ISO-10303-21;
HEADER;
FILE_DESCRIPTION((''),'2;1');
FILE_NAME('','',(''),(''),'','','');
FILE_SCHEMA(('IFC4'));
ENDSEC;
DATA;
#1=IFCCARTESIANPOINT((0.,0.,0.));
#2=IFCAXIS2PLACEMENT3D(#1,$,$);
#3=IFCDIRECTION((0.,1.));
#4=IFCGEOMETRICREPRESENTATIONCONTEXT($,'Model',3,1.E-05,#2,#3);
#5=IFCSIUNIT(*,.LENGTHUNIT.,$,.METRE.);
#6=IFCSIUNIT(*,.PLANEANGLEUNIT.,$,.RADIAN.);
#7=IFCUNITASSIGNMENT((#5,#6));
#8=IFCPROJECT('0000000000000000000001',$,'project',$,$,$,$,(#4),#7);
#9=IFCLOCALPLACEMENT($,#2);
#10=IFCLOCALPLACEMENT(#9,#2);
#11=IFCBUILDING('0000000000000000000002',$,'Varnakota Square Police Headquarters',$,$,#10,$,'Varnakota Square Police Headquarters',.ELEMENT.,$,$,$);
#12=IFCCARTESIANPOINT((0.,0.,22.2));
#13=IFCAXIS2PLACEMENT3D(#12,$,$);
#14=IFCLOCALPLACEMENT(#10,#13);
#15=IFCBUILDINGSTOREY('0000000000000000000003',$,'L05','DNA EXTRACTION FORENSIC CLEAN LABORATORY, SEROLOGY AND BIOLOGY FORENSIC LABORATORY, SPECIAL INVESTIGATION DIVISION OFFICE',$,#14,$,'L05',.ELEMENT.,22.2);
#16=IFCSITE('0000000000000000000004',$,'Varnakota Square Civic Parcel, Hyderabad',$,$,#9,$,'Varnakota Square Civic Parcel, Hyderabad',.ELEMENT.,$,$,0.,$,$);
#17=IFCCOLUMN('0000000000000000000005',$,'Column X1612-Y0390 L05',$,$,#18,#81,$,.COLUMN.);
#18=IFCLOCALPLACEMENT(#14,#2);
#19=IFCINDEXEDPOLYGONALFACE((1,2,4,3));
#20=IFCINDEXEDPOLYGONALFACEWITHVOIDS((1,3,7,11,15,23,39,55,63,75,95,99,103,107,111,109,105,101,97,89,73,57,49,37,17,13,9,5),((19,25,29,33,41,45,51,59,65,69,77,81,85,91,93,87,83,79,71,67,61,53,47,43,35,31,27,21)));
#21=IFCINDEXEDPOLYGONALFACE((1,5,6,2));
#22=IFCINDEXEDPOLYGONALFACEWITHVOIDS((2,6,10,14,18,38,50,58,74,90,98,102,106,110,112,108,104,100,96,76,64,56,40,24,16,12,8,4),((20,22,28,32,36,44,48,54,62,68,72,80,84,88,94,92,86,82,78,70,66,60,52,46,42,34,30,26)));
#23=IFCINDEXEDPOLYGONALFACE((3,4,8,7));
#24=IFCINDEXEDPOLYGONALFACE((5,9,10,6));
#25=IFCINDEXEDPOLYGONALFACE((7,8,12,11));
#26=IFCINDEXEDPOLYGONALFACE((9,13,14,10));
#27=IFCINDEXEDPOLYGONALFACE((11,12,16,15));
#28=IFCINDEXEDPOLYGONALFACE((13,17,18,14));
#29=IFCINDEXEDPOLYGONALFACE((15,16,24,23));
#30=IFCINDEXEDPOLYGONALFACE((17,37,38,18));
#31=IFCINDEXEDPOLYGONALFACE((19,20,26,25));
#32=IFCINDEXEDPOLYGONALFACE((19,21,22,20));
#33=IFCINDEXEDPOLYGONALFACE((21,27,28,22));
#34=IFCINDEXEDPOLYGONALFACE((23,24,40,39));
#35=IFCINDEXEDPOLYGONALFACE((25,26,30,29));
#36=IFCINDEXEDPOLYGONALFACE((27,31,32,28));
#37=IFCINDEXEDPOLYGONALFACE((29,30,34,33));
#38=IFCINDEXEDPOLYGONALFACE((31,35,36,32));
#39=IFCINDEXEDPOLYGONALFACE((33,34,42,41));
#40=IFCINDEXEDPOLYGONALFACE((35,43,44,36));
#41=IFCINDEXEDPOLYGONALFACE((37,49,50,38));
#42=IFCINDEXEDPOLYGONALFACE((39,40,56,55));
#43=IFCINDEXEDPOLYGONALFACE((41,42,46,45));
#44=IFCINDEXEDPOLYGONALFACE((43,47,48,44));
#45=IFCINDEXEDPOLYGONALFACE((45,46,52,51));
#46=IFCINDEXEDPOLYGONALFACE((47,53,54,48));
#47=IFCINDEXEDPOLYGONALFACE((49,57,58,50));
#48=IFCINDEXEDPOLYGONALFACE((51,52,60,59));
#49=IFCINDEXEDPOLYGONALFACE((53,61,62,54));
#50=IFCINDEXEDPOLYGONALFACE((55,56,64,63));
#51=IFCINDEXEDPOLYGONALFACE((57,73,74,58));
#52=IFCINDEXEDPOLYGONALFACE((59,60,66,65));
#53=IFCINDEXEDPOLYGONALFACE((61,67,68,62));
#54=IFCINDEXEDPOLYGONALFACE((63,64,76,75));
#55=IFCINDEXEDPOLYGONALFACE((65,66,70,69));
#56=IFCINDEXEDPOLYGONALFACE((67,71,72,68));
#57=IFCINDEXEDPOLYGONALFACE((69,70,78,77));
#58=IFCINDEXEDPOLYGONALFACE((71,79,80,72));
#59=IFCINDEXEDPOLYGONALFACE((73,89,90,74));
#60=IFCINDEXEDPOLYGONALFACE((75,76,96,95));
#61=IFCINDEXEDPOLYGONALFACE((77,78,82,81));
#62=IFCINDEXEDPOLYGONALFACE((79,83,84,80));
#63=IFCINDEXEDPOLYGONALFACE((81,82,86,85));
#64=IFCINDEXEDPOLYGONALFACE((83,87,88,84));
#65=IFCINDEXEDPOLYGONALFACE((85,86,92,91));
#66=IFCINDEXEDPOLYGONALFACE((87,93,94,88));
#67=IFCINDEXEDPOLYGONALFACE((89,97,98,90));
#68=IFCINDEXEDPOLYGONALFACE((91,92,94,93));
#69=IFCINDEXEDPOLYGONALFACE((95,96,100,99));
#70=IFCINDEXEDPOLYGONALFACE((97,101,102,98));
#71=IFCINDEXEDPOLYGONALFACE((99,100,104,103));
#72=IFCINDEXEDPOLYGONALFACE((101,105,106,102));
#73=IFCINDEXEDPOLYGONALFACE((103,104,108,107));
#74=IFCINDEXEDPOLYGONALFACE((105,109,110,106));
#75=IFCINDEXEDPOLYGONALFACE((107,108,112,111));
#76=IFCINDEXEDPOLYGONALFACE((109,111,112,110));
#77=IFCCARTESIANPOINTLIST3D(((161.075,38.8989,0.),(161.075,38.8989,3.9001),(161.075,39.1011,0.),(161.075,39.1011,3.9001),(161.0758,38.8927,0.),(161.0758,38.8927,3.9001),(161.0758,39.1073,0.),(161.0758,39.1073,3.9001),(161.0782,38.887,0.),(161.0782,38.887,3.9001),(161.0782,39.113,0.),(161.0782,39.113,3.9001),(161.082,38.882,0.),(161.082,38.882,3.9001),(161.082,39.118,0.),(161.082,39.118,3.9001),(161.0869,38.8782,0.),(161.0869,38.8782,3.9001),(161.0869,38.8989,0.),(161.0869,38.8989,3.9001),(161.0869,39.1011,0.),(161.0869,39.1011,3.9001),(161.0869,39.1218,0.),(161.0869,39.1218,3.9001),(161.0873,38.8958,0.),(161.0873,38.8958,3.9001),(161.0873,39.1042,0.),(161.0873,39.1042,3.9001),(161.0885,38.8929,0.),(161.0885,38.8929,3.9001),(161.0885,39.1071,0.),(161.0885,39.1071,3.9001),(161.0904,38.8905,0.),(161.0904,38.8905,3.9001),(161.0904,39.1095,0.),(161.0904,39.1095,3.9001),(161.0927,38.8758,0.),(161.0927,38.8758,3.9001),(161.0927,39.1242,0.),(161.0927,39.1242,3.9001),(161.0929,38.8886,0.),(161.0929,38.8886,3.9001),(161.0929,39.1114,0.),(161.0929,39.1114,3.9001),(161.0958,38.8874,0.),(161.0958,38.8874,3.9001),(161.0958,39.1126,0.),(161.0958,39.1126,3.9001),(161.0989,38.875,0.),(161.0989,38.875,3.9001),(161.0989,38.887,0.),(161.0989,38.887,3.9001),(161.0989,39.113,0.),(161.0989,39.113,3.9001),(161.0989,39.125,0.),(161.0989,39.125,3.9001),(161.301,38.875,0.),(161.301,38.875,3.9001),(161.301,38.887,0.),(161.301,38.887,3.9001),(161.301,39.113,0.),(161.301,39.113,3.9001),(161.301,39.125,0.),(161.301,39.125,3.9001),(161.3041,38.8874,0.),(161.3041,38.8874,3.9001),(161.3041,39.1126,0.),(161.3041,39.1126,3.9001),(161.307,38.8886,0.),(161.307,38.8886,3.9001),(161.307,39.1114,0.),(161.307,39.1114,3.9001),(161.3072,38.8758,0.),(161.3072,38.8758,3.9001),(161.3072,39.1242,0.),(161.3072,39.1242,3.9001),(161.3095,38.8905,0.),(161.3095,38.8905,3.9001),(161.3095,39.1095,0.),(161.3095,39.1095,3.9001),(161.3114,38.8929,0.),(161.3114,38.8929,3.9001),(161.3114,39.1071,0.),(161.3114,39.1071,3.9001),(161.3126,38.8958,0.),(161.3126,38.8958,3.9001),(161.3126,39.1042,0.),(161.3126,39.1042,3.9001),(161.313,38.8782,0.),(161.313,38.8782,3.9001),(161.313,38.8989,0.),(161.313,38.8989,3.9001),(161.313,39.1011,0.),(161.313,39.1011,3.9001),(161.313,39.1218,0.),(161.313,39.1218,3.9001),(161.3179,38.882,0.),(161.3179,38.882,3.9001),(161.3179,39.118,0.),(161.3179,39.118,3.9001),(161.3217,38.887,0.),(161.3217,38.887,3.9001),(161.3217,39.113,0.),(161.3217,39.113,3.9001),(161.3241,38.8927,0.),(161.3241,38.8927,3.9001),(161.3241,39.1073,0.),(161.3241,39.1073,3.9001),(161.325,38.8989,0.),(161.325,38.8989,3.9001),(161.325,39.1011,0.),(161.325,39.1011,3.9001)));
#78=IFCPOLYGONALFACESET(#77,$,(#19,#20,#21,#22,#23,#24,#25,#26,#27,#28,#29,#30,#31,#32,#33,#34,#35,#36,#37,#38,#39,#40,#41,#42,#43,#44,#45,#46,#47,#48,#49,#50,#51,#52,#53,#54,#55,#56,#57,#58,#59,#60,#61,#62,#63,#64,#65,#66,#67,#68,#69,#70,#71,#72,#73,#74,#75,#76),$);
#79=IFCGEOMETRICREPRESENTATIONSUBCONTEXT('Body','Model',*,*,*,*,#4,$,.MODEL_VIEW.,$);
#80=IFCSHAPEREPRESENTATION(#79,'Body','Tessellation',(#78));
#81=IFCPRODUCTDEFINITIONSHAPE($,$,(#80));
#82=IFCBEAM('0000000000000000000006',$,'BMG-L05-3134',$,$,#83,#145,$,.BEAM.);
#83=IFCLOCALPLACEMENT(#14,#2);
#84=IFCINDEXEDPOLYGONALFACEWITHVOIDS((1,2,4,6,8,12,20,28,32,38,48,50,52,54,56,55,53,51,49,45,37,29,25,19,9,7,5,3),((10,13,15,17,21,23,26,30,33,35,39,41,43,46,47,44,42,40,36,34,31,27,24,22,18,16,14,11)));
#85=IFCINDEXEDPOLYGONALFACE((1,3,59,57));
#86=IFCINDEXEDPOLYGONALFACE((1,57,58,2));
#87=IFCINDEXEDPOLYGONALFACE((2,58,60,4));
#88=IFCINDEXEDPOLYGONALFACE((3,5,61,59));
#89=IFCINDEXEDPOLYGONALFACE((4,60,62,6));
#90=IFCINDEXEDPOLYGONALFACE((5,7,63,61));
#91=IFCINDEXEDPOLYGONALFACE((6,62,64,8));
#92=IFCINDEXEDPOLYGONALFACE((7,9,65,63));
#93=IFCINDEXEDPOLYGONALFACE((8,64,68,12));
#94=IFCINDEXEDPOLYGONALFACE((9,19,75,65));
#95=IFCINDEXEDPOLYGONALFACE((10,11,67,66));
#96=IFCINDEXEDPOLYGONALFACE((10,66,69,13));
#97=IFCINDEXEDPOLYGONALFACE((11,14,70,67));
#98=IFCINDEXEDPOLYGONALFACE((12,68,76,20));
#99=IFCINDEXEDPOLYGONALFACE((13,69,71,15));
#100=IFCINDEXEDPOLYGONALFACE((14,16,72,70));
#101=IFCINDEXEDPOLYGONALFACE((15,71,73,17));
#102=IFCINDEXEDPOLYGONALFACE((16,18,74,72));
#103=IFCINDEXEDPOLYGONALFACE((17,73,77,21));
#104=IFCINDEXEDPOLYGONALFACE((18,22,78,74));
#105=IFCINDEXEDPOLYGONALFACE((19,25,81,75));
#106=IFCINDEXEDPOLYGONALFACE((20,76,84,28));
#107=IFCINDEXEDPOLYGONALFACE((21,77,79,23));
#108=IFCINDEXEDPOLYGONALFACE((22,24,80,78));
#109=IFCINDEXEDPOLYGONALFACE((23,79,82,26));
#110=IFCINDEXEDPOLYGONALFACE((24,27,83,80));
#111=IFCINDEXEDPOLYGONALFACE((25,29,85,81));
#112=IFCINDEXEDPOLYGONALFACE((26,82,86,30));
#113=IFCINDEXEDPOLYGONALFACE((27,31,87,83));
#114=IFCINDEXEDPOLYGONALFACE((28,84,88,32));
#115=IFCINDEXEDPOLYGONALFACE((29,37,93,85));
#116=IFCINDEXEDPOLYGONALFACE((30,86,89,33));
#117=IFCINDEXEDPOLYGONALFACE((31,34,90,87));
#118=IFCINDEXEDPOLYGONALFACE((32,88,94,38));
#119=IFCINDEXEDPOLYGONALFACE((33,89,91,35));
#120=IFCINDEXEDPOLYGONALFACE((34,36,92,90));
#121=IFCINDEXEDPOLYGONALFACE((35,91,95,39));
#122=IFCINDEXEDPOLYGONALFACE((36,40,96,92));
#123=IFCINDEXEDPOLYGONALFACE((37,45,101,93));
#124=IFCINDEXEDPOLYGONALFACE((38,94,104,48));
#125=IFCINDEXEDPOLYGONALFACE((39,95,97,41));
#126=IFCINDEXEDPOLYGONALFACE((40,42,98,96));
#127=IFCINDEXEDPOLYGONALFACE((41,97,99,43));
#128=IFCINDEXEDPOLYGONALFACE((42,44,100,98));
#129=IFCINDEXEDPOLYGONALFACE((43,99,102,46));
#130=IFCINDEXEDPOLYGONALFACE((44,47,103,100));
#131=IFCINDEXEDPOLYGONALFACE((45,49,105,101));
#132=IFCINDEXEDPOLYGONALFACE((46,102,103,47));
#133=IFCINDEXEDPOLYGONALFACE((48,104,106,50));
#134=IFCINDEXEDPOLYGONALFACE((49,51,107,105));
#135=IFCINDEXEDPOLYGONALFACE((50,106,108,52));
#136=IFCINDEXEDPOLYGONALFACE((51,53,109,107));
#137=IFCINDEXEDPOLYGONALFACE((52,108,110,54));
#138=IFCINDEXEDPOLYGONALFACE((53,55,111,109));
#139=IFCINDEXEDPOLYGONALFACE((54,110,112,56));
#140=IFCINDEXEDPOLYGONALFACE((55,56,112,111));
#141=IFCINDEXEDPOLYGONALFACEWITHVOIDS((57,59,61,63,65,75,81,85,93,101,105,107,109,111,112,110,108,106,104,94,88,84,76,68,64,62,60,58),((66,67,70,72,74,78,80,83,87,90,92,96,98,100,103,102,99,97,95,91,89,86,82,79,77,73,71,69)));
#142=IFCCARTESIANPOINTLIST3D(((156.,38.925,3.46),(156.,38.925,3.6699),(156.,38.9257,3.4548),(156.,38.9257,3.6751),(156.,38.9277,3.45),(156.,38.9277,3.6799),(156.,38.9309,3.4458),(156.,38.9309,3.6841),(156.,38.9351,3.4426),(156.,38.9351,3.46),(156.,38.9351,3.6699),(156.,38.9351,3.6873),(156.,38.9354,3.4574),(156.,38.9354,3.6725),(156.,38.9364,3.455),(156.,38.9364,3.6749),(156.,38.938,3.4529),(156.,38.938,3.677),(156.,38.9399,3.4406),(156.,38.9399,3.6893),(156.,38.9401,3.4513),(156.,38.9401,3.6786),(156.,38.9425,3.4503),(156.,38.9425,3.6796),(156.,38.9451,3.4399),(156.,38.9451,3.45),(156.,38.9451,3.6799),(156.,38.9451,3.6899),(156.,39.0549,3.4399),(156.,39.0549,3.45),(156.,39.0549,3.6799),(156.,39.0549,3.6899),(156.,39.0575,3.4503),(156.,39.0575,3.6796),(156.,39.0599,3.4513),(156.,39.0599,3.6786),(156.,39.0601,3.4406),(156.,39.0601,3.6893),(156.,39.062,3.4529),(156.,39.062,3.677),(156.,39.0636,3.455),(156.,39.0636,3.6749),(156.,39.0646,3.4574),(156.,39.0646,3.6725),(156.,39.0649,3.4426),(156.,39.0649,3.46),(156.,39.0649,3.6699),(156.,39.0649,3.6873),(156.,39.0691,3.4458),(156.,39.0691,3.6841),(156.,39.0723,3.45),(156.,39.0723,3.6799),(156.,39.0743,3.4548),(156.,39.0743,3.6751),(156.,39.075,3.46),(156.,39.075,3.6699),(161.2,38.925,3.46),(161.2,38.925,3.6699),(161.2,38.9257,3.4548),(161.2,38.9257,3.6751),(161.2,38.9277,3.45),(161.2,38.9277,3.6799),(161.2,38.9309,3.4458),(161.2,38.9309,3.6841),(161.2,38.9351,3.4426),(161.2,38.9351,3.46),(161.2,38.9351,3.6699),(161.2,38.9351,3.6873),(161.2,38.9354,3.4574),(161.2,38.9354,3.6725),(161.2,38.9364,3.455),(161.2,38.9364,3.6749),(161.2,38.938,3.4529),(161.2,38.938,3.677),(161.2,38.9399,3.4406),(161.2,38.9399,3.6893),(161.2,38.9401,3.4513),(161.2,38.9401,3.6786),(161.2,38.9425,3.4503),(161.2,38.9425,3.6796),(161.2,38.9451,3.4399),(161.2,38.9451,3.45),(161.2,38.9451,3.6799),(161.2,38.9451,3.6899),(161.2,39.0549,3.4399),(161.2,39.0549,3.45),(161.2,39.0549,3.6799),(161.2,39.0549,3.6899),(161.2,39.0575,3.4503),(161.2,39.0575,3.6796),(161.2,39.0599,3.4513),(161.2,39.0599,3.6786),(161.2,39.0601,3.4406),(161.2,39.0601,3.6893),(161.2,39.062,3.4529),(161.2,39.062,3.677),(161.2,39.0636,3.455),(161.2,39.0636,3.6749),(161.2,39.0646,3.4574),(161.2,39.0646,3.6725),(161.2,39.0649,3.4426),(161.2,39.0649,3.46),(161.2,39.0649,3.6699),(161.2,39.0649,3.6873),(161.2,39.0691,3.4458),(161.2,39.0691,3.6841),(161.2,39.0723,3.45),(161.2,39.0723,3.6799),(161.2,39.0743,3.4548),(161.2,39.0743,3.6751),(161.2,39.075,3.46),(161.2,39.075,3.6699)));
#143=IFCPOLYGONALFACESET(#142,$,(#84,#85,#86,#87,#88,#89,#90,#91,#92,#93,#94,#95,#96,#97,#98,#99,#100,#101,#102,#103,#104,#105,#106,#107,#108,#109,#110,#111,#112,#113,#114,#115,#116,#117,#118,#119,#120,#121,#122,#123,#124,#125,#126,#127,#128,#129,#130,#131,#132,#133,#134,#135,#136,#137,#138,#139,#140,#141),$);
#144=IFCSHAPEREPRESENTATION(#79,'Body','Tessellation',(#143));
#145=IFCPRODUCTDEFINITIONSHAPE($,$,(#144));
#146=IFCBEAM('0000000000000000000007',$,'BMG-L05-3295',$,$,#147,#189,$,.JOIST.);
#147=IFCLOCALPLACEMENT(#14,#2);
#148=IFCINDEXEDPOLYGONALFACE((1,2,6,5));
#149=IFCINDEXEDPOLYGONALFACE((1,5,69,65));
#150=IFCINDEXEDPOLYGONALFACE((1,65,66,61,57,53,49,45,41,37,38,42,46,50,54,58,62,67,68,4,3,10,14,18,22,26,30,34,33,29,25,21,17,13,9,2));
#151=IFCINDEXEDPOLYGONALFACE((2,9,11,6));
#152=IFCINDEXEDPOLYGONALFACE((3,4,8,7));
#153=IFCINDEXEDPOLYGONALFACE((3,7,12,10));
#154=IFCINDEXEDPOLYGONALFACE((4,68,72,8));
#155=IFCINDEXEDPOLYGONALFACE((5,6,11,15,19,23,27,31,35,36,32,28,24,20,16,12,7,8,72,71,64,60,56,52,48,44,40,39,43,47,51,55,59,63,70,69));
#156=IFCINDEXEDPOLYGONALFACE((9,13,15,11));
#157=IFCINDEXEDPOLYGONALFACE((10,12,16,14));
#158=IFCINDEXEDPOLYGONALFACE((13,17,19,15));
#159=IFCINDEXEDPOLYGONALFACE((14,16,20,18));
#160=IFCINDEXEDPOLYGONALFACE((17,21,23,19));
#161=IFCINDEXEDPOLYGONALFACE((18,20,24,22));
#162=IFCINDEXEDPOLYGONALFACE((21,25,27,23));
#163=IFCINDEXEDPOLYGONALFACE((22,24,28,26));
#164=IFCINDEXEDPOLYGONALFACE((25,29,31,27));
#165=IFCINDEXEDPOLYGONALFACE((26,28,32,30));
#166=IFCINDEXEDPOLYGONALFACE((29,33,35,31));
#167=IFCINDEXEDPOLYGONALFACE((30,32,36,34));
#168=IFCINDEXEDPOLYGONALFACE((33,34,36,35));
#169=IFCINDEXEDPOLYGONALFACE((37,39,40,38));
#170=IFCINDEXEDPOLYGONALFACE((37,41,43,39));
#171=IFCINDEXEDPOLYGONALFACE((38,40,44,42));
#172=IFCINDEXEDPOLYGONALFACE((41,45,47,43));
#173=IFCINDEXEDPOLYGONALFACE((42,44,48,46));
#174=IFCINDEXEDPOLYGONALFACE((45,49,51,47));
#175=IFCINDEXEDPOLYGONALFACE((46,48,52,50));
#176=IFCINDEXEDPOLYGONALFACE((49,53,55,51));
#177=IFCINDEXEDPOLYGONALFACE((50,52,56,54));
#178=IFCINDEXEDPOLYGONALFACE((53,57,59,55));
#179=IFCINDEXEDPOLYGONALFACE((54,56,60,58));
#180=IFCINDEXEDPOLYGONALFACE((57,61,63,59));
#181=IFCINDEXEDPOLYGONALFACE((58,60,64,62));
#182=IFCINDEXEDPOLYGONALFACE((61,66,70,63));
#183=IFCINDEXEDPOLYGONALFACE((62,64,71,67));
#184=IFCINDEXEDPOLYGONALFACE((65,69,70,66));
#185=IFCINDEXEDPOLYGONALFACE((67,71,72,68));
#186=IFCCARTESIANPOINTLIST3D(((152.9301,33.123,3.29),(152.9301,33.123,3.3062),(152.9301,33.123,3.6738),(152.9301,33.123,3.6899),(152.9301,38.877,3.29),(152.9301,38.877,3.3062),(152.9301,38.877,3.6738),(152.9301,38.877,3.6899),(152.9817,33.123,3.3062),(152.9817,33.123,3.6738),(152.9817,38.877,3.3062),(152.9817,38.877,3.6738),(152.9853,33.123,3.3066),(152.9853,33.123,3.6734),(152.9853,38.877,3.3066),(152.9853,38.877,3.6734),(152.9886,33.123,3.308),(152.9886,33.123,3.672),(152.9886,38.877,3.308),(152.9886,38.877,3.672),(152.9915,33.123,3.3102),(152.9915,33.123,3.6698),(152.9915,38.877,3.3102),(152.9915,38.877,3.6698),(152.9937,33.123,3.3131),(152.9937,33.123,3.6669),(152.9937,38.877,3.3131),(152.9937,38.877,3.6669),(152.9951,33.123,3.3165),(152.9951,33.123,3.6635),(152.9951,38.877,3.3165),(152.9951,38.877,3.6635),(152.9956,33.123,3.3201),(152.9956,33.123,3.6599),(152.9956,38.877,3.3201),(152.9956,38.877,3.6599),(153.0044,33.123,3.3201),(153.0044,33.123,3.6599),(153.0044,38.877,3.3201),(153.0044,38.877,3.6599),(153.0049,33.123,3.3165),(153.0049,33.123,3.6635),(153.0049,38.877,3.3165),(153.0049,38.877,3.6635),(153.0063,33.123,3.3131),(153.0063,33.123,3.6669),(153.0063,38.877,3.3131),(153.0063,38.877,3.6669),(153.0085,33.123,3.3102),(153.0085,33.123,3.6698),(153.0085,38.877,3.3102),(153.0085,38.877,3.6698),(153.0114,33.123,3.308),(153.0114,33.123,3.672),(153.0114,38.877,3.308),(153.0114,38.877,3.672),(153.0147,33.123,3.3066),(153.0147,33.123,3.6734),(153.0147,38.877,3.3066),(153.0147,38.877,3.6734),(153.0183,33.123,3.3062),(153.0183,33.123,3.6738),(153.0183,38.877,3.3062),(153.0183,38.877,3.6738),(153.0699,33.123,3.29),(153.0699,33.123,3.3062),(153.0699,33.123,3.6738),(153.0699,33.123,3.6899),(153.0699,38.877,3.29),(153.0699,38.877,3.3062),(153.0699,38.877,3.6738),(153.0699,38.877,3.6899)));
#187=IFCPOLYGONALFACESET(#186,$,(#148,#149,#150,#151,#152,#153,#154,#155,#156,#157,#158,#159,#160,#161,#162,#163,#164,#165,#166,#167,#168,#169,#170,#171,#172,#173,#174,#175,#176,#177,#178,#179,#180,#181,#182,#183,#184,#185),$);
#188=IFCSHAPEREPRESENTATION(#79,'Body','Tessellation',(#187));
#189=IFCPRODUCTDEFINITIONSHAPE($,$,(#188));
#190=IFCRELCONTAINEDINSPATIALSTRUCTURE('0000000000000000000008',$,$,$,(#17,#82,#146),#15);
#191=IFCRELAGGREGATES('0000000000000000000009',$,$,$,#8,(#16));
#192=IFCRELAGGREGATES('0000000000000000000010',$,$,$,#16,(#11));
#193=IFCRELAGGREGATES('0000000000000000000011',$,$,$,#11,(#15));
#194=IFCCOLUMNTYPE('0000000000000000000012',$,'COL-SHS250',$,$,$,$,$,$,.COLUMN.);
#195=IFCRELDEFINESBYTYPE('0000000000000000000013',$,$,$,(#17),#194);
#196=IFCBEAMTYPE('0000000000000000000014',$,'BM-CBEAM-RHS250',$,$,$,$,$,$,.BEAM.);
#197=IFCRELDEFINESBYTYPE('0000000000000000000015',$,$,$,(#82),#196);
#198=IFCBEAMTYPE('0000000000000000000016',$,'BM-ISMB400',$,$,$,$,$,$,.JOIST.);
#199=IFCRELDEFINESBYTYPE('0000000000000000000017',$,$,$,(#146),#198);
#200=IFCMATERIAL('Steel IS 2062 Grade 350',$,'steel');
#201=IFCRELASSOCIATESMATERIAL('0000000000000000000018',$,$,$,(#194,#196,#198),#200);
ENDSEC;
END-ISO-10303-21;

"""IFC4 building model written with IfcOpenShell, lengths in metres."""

from ifc_helpers import new_model, si_unit, direction, frame, origin, origin_2d, place, context, subcontext, project, spatial, hollow_rectangle, i_section, extrude, material, material_profile, profile_set, type_object, element, save


model = new_model("IFC4")

# Units and contexts
model_context = context("Model", 3, precision=1e-05, world=origin(), true_north=direction((0.0, 1.0)))
body_context = subcontext(model_context, "Body", "Model", "MODEL_VIEW")
ifc_project = project(units=[si_unit("LENGTHUNIT", "METRE"), si_unit("PLANEANGLEUNIT", "RADIAN")], contexts=[model_context])

# Site, building, storey
site_placement = place(None, origin())
site = spatial("IfcSite", under=ifc_project, at=site_placement, Name="Varnakota Square Civic Parcel, Hyderabad", LongName="Varnakota Square Civic Parcel, Hyderabad", CompositionType="ELEMENT", RefElevation=0.0)
building_placement = place(site_placement, origin())
building = spatial("IfcBuilding", under=site, at=building_placement, Name="Varnakota Square Police Headquarters", LongName="Varnakota Square Police Headquarters", CompositionType="ELEMENT")
storey_placement = place(building_placement, frame((0.0, 0.0, 22.2)))
storey = spatial("IfcBuildingStorey", under=building, at=storey_placement, Name="L05", Description="DNA EXTRACTION FORENSIC CLEAN LABORATORY, SEROLOGY AND BIOLOGY FORENSIC LABORATORY, SPECIAL INVESTIGATION DIVISION OFFICE", LongName="L05", CompositionType="ELEMENT", Elevation=22.2)

# Column
ifc_material_1 = material(Name="Steel IS 2062 Grade 350", Category="steel")
ifc_material_profile_1 = material_profile(ifc_material_1, hollow_rectangle(XDim=0.25, YDim=0.25, WallThickness=0.012, InnerFilletRadius=0.012, OuterFilletRadius=0.0239, at=origin_2d()), Name="SHS 250x250x12")
ifc_profile_set_1 = profile_set([ifc_material_profile_1], Name="Steel IS 2062 Grade 350")
column_type_1 = type_object("IfcColumnType", Name="COL-SHS250", PredefinedType="COLUMN", material=ifc_profile_set_1)
for number, where, z_axis, x_axis, name in (
    (1, (161.2, 39.0, 0.0), (0.0, 0.0, 1.0), (1.0, 0.0, 0.0), "Column X1612-Y0390 L05"),
):
    element("IfcColumn", number, at=place(storey_placement, frame(where, z_axis=z_axis, x_axis=x_axis)), inside=storey, type_object=column_type_1, Name=name, PredefinedType="COLUMN", context=body_context, shape_type="SweptSolid", body=[
        extrude(hollow_rectangle(XDim=0.25, YDim=0.25, WallThickness=0.012, InnerFilletRadius=0.012, OuterFilletRadius=0.0239, at=origin_2d()), origin(), (0.0, 0.0, 1.0), 3.9001),
    ])

# Beams
ifc_material_profile_2 = material_profile(ifc_material_1, hollow_rectangle(XDim=0.1499, YDim=0.25, WallThickness=0.01, InnerFilletRadius=0.01, OuterFilletRadius=0.02, at=origin_2d()), Name="RHS 250x150x10")
ifc_profile_set_2 = profile_set([ifc_material_profile_2], Name="Steel IS 2062 Grade 350")
beam_type_1 = type_object("IfcBeamType", Name="BM-CBEAM-RHS250", PredefinedType="BEAM", material=ifc_profile_set_2)
beam_1_placement = place(storey_placement, frame((156.0, 39.0, 3.5649), z_axis=(1.0, 0.0, 0.0), x_axis=(0.0, 1.0, 0.0)))
element("IfcBeam", 2, at=beam_1_placement, inside=storey, type_object=beam_type_1, Name="BMG-L05-3134", PredefinedType="BEAM", context=body_context, shape_type="SweptSolid", body=[
    extrude(hollow_rectangle(XDim=0.1499, YDim=0.25, WallThickness=0.01, InnerFilletRadius=0.01, OuterFilletRadius=0.02, at=origin_2d()), origin(), (0.0, 0.0, 1.0), 5.2),
])
ifc_material_profile_3 = material_profile(ifc_material_1, i_section(OverallWidth=0.1399, OverallDepth=0.3999, WebThickness=0.0088, FlangeThickness=0.0161, FilletRadius=0.0139, at=origin_2d()), Name="ISMB 400")
ifc_profile_set_3 = profile_set([ifc_material_profile_3], Name="Steel IS 2062 Grade 350")
beam_type_2 = type_object("IfcBeamType", Name="BM-ISMB400", PredefinedType="JOIST", material=ifc_profile_set_3)
beam_2_placement = place(storey_placement, frame((153.0, 33.123, 3.49), z_axis=(0.0, 1.0, 0.0), x_axis=(-1.0, 0.0, 0.0)))
element("IfcBeam", 3, at=beam_2_placement, inside=storey, type_object=beam_type_2, Name="BMG-L05-3295", PredefinedType="JOIST", context=body_context, shape_type="SweptSolid", body=[
    extrude(i_section(OverallWidth=0.1399, OverallDepth=0.3999, WebThickness=0.0088, FlangeThickness=0.0161, FilletRadius=0.0139, at=origin_2d()), origin(), (0.0, 0.0, 1.0), 5.7539),
])

save(model, "model.ifc")
